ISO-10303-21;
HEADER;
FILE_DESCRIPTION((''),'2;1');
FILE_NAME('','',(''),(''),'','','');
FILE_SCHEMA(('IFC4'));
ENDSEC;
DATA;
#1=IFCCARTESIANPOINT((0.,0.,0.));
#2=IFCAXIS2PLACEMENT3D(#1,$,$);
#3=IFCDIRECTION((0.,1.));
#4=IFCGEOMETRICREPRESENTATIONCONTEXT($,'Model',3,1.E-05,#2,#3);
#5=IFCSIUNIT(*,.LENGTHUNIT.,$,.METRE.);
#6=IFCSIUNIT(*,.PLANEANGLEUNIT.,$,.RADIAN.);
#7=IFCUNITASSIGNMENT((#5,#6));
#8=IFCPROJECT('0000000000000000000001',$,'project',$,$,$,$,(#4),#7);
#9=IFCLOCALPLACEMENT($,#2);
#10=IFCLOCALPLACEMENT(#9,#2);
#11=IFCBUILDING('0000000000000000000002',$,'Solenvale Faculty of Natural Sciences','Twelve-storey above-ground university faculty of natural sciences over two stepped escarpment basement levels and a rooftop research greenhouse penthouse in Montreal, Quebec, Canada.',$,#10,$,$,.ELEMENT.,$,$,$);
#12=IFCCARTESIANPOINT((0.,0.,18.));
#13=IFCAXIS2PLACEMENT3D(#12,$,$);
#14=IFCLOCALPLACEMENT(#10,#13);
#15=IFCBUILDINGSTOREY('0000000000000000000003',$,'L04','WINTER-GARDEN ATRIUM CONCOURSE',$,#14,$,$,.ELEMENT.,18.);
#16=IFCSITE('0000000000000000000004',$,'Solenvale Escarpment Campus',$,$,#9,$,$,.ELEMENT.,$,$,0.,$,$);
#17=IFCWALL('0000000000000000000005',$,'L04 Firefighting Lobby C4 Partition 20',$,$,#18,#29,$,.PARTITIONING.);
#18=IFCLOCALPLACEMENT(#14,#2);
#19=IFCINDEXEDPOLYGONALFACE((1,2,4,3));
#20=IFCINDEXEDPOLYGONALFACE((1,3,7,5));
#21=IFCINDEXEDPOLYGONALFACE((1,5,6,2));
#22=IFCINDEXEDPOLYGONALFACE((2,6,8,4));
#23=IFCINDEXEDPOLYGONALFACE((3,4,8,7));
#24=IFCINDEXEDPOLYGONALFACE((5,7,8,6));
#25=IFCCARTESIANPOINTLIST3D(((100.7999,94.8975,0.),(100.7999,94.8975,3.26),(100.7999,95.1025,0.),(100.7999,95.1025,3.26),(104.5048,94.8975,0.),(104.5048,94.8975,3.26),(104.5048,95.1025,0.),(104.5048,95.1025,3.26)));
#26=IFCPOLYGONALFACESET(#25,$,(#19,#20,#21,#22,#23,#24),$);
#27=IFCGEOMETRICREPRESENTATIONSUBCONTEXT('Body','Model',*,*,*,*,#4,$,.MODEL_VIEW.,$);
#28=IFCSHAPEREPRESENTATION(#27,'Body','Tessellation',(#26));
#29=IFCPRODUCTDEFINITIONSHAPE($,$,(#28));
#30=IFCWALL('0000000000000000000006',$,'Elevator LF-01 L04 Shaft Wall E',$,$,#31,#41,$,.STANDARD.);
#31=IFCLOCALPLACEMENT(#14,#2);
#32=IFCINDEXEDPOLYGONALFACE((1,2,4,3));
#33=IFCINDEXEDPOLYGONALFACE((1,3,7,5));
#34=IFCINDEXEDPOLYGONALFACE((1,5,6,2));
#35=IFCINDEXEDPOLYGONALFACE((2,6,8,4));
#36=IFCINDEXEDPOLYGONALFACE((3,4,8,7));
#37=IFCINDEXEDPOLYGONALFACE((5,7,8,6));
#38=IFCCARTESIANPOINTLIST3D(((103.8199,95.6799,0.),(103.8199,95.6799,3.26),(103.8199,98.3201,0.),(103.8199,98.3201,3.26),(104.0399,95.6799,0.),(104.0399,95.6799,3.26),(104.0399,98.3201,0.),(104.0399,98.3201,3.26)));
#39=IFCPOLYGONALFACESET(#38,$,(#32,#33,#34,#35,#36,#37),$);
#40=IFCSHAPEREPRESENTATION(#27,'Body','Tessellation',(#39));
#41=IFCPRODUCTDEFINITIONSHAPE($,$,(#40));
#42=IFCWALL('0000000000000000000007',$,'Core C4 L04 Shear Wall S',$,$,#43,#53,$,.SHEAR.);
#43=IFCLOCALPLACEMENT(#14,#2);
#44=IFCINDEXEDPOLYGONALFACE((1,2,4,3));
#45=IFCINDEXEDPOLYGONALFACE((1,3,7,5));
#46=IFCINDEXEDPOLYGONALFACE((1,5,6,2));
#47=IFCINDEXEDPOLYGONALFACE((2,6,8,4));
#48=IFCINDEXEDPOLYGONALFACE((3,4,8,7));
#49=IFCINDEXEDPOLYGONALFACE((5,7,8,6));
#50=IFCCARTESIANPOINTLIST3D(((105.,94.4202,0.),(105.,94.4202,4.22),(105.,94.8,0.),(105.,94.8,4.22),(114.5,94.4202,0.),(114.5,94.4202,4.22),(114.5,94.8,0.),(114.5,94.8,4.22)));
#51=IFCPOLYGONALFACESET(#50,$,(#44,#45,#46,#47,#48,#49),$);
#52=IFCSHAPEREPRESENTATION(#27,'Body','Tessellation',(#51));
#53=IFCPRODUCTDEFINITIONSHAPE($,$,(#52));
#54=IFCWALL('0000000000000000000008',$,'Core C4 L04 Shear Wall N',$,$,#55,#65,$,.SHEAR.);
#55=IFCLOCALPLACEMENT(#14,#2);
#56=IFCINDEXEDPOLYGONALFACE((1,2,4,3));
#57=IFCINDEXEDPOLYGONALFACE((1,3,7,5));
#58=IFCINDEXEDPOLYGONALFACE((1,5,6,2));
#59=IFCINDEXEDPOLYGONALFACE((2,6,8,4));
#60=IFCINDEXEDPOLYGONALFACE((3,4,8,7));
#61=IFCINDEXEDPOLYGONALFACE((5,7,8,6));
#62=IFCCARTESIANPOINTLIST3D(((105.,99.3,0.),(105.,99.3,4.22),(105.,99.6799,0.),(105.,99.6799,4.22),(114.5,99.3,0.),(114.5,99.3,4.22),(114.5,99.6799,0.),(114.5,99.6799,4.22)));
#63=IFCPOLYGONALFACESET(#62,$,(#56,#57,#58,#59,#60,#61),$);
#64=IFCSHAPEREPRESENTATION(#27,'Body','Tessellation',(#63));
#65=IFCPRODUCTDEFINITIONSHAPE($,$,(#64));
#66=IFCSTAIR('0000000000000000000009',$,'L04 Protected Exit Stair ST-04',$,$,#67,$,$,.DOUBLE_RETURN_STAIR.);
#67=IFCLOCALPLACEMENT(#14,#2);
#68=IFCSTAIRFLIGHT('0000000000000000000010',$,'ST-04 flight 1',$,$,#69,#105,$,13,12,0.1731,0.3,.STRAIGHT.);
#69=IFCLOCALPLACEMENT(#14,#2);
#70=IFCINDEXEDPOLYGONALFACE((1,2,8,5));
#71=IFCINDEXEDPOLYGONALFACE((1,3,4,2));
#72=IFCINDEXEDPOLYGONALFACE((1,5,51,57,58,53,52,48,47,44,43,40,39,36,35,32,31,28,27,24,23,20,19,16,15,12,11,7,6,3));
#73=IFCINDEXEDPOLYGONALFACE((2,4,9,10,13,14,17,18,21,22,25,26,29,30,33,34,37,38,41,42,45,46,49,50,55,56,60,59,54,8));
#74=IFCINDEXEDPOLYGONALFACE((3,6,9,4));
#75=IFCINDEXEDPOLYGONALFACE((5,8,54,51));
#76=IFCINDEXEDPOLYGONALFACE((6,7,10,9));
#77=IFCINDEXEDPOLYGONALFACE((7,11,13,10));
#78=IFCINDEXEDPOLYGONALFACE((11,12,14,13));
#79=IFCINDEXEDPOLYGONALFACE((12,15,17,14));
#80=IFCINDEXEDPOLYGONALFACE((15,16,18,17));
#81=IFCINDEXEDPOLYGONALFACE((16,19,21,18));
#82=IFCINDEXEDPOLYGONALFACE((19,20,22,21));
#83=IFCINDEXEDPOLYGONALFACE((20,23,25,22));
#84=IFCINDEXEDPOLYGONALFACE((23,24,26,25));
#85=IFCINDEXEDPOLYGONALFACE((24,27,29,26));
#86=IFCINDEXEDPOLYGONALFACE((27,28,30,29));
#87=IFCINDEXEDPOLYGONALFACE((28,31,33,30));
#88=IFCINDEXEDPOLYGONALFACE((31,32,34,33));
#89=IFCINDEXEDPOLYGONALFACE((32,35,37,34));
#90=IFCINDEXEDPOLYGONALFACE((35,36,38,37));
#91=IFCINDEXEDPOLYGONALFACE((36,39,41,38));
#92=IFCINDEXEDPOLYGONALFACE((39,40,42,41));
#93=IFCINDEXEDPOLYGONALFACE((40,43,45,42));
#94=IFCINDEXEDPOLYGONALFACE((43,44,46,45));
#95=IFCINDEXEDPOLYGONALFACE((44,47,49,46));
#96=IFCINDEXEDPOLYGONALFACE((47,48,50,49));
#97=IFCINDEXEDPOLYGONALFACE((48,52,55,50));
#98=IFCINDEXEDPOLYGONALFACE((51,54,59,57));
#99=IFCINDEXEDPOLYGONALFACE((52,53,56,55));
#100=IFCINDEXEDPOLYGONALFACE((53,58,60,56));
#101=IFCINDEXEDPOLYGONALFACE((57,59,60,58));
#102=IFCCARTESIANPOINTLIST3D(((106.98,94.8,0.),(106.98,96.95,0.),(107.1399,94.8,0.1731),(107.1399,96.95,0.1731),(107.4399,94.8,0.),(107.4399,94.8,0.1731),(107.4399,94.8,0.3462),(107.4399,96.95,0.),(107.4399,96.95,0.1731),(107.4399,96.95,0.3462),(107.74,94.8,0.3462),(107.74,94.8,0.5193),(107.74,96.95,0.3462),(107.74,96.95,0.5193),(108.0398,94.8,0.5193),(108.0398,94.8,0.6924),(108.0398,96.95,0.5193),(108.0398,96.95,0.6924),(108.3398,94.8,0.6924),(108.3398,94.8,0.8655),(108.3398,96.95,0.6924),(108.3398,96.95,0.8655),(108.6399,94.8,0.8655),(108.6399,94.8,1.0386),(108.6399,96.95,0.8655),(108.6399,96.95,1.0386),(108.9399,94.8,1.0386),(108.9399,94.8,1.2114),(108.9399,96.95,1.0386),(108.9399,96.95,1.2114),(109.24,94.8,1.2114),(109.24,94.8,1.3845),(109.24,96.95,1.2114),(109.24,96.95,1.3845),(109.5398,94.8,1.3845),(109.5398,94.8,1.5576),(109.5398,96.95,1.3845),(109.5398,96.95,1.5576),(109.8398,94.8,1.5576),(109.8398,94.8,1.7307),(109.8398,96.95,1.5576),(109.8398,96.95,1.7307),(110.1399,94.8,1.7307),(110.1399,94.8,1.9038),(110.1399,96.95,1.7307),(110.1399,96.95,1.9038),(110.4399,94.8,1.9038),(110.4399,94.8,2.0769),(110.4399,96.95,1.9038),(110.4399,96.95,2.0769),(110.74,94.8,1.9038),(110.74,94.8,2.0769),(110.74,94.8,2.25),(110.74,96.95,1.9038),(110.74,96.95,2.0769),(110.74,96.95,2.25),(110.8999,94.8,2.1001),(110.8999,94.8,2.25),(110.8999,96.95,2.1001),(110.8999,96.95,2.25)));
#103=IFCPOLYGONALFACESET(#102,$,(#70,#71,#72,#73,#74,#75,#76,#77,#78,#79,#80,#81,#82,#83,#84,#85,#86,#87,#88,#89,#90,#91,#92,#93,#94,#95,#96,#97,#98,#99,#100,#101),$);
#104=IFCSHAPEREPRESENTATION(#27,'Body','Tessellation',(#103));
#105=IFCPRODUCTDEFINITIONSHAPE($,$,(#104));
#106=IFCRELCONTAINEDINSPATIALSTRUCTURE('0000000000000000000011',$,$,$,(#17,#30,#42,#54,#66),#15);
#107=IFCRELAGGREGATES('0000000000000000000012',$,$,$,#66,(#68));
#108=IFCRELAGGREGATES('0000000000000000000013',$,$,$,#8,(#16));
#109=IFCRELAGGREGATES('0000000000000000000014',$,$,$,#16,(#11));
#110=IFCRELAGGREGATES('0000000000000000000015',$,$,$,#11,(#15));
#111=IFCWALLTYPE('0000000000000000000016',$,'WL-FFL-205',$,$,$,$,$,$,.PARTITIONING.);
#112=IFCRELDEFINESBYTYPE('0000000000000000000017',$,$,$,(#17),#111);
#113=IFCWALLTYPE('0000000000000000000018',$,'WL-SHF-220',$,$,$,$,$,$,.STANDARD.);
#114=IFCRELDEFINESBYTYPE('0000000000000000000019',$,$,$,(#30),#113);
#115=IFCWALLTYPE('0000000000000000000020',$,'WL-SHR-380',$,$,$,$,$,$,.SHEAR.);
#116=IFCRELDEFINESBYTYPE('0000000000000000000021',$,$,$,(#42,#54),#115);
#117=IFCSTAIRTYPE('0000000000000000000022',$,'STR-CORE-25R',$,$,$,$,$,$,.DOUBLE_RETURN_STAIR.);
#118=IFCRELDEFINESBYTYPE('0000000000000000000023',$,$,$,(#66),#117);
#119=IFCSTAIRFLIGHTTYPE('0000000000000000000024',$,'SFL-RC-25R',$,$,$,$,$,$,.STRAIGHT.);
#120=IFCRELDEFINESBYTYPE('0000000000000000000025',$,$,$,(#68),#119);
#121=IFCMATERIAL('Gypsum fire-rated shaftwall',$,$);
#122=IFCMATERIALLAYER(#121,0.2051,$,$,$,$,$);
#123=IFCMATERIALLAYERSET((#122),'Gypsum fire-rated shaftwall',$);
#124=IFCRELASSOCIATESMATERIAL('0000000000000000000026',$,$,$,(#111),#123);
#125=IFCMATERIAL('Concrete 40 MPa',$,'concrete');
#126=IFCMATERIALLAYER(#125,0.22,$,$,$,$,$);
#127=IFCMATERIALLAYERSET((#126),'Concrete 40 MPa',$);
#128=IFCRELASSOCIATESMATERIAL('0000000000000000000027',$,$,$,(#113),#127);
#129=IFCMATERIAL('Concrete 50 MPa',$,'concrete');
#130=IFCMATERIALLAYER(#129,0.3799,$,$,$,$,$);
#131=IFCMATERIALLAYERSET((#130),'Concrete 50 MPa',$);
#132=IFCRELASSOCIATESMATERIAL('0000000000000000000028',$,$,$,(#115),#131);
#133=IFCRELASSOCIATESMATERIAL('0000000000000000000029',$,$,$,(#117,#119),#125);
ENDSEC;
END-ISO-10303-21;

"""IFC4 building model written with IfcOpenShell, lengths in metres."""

from ifc_helpers import new_model, si_unit, direction, frame, frame_2d, origin, place, context, subcontext, project, spatial, polyline, rectangle, outline, extrude, material, layer, layer_set, type_object, element, aggregate, save


model = new_model("IFC4")

# Units and contexts
model_context = context("Model", 3, precision=1e-05, world=origin(), true_north=direction((0.0, 1.0)))
body_context = subcontext(model_context, "Body", "Model", "MODEL_VIEW")
ifc_project = project(units=[si_unit("LENGTHUNIT", "METRE"), si_unit("PLANEANGLEUNIT", "RADIAN")], contexts=[model_context])

# Site, building, storey
site_placement = place(None, origin())
site = spatial("IfcSite", under=ifc_project, at=site_placement, Name="Solenvale Escarpment Campus", CompositionType="ELEMENT", RefElevation=0.0)
building_placement = place(site_placement, origin())
building = spatial("IfcBuilding", under=site, at=building_placement, Name="Solenvale Faculty of Natural Sciences", Description="Twelve-storey above-ground university faculty of natural sciences over two stepped escarpment basement levels and a rooftop research greenhouse penthouse in Montreal, Quebec, Canada.", CompositionType="ELEMENT")
storey_placement = place(building_placement, frame((0.0, 0.0, 18.0)))
storey = spatial("IfcBuildingStorey", under=building, at=storey_placement, Name="L04", Description="WINTER-GARDEN ATRIUM CONCOURSE", CompositionType="ELEMENT", Elevation=18.0)

# Walls
ifc_material_1 = material(Name="Gypsum fire-rated shaftwall")
ifc_layer_1 = layer(ifc_material_1, 0.2051)
ifc_layer_set_1 = layer_set([ifc_layer_1], Name="Gypsum fire-rated shaftwall")
wall_type_1 = type_object("IfcWallType", Name="WL-FFL-205", PredefinedType="PARTITIONING", material=ifc_layer_set_1)
wall_1_placement = place(storey_placement, frame((104.5049, 95.0, 0.0), z_axis=(0.0, 0.0, 1.0), x_axis=(-1.0, 0.0, 0.0)))
element("IfcWall", 1, at=wall_1_placement, inside=storey, type_object=wall_type_1, Name="L04 Firefighting Lobby C4 Partition 20", PredefinedType="PARTITIONING", context=body_context, shape_type="SweptSolid", body=[
    extrude(rectangle(XDim=3.7048, YDim=0.2051, at=frame_2d((1.8525, 0.0))), origin(), (0.0, 0.0, 1.0), 3.26),
])
ifc_material_2 = material(Name="Concrete 40 MPa", Category="concrete")
ifc_layer_2 = layer(ifc_material_2, 0.22)
ifc_layer_set_2 = layer_set([ifc_layer_2], Name="Concrete 40 MPa")
wall_type_2 = type_object("IfcWallType", Name="WL-SHF-220", PredefinedType="STANDARD", material=ifc_layer_set_2)
wall_2_placement = place(storey_placement, frame((103.9299, 95.6799, 0.0), z_axis=(0.0, 0.0, 1.0), x_axis=(0.0, 1.0, 0.0)))
element("IfcWall", 2, at=wall_2_placement, inside=storey, type_object=wall_type_2, Name="Elevator LF-01 L04 Shaft Wall E", PredefinedType="STANDARD", context=body_context, shape_type="SweptSolid", body=[
    extrude(rectangle(XDim=2.6401, YDim=0.22, at=frame_2d((1.3201, 0.0))), origin(), (0.0, 0.0, 1.0), 3.26),
])
ifc_material_3 = material(Name="Concrete 50 MPa", Category="concrete")
ifc_layer_3 = layer(ifc_material_3, 0.3799)
ifc_layer_set_3 = layer_set([ifc_layer_3], Name="Concrete 50 MPa")
wall_type_3 = type_object("IfcWallType", Name="WL-SHR-380", PredefinedType="SHEAR", material=ifc_layer_set_3)
for number, where, z_axis, x_axis, name in (
    (3, (105.0, 94.6101, 0.0), (0.0, 0.0, 1.0), (1.0, 0.0, 0.0), "Core C4 L04 Shear Wall S"),
    (4, (105.0, 99.49, 0.0), (0.0, 0.0, 1.0), (1.0, 0.0, 0.0), "Core C4 L04 Shear Wall N"),
):
    element("IfcWall", number, at=place(storey_placement, frame(where, z_axis=z_axis, x_axis=x_axis)), inside=storey, type_object=wall_type_3, Name=name, PredefinedType="SHEAR", context=body_context, shape_type="SweptSolid", body=[
        extrude(rectangle(XDim=9.5, YDim=0.3799, at=frame_2d((4.75, 0.0))), origin(), (0.0, 0.0, 1.0), 4.22),
    ])

# Stair, stair flight
stair_type = type_object("IfcStairType", Name="STR-CORE-25R", PredefinedType="DOUBLE_RETURN_STAIR", material=ifc_material_2)
stair_placement = place(storey_placement, origin())
stair = element("IfcStair", 5, at=stair_placement, inside=storey, type_object=stair_type, Name="L04 Protected Exit Stair ST-04", PredefinedType="DOUBLE_RETURN_STAIR")
stair_flight_type = type_object("IfcStairFlightType", Name="SFL-RC-25R", PredefinedType="STRAIGHT", material=ifc_material_2)
stair_flight_placement = place(storey_placement, frame((107.1399, 95.875, 0.0), z_axis=(0.0, 0.0, 1.0), x_axis=(1.0, 0.0, 0.0)))
stair_flight = element("IfcStairFlight", 6, at=stair_flight_placement, type_object=stair_flight_type, Name="ST-04 flight 1", NumberOfRisers=13, NumberOfTreads=12, PredefinedType="STRAIGHT", RiserHeight=0.1731, TreadLength=0.3, context=body_context, shape_type="SweptSolid", body=[
    extrude(outline(polyline([(-0.1599, 0.0), (0.0, 0.1731), (0.3, 0.1731), (0.3, 0.3462), (0.6001, 0.3462), (0.6001, 0.5193), (0.8999, 0.5193), (0.8999, 0.6924), (1.2, 0.6924), (1.2, 0.8655), (1.5, 0.8655), (1.5, 1.0386), (1.8, 1.0386), (1.8, 1.2114), (2.1001, 1.2114), (2.1001, 1.3845), (2.3999, 1.3845), (2.3999, 1.5576), (2.7, 1.5576), (2.7, 1.7307), (3.0, 1.7307), (3.0, 1.9038), (3.3, 1.9038), (3.3, 2.0769), (3.6001, 2.0769), (3.6001, 2.25), (3.76, 2.25), (3.76, 2.1001), (3.6001, 1.9038), (0.3, 0.0), (-0.1599, 0.0)])), frame((0.0, 1.075, 0.0), z_axis=(0.0, -1.0, 0.0), x_axis=(1.0, 0.0, 0.0)), (0.0, 0.0, 1.0), 2.1499),
])
aggregate(stair, [stair_flight])

save(model, "model.ifc")
